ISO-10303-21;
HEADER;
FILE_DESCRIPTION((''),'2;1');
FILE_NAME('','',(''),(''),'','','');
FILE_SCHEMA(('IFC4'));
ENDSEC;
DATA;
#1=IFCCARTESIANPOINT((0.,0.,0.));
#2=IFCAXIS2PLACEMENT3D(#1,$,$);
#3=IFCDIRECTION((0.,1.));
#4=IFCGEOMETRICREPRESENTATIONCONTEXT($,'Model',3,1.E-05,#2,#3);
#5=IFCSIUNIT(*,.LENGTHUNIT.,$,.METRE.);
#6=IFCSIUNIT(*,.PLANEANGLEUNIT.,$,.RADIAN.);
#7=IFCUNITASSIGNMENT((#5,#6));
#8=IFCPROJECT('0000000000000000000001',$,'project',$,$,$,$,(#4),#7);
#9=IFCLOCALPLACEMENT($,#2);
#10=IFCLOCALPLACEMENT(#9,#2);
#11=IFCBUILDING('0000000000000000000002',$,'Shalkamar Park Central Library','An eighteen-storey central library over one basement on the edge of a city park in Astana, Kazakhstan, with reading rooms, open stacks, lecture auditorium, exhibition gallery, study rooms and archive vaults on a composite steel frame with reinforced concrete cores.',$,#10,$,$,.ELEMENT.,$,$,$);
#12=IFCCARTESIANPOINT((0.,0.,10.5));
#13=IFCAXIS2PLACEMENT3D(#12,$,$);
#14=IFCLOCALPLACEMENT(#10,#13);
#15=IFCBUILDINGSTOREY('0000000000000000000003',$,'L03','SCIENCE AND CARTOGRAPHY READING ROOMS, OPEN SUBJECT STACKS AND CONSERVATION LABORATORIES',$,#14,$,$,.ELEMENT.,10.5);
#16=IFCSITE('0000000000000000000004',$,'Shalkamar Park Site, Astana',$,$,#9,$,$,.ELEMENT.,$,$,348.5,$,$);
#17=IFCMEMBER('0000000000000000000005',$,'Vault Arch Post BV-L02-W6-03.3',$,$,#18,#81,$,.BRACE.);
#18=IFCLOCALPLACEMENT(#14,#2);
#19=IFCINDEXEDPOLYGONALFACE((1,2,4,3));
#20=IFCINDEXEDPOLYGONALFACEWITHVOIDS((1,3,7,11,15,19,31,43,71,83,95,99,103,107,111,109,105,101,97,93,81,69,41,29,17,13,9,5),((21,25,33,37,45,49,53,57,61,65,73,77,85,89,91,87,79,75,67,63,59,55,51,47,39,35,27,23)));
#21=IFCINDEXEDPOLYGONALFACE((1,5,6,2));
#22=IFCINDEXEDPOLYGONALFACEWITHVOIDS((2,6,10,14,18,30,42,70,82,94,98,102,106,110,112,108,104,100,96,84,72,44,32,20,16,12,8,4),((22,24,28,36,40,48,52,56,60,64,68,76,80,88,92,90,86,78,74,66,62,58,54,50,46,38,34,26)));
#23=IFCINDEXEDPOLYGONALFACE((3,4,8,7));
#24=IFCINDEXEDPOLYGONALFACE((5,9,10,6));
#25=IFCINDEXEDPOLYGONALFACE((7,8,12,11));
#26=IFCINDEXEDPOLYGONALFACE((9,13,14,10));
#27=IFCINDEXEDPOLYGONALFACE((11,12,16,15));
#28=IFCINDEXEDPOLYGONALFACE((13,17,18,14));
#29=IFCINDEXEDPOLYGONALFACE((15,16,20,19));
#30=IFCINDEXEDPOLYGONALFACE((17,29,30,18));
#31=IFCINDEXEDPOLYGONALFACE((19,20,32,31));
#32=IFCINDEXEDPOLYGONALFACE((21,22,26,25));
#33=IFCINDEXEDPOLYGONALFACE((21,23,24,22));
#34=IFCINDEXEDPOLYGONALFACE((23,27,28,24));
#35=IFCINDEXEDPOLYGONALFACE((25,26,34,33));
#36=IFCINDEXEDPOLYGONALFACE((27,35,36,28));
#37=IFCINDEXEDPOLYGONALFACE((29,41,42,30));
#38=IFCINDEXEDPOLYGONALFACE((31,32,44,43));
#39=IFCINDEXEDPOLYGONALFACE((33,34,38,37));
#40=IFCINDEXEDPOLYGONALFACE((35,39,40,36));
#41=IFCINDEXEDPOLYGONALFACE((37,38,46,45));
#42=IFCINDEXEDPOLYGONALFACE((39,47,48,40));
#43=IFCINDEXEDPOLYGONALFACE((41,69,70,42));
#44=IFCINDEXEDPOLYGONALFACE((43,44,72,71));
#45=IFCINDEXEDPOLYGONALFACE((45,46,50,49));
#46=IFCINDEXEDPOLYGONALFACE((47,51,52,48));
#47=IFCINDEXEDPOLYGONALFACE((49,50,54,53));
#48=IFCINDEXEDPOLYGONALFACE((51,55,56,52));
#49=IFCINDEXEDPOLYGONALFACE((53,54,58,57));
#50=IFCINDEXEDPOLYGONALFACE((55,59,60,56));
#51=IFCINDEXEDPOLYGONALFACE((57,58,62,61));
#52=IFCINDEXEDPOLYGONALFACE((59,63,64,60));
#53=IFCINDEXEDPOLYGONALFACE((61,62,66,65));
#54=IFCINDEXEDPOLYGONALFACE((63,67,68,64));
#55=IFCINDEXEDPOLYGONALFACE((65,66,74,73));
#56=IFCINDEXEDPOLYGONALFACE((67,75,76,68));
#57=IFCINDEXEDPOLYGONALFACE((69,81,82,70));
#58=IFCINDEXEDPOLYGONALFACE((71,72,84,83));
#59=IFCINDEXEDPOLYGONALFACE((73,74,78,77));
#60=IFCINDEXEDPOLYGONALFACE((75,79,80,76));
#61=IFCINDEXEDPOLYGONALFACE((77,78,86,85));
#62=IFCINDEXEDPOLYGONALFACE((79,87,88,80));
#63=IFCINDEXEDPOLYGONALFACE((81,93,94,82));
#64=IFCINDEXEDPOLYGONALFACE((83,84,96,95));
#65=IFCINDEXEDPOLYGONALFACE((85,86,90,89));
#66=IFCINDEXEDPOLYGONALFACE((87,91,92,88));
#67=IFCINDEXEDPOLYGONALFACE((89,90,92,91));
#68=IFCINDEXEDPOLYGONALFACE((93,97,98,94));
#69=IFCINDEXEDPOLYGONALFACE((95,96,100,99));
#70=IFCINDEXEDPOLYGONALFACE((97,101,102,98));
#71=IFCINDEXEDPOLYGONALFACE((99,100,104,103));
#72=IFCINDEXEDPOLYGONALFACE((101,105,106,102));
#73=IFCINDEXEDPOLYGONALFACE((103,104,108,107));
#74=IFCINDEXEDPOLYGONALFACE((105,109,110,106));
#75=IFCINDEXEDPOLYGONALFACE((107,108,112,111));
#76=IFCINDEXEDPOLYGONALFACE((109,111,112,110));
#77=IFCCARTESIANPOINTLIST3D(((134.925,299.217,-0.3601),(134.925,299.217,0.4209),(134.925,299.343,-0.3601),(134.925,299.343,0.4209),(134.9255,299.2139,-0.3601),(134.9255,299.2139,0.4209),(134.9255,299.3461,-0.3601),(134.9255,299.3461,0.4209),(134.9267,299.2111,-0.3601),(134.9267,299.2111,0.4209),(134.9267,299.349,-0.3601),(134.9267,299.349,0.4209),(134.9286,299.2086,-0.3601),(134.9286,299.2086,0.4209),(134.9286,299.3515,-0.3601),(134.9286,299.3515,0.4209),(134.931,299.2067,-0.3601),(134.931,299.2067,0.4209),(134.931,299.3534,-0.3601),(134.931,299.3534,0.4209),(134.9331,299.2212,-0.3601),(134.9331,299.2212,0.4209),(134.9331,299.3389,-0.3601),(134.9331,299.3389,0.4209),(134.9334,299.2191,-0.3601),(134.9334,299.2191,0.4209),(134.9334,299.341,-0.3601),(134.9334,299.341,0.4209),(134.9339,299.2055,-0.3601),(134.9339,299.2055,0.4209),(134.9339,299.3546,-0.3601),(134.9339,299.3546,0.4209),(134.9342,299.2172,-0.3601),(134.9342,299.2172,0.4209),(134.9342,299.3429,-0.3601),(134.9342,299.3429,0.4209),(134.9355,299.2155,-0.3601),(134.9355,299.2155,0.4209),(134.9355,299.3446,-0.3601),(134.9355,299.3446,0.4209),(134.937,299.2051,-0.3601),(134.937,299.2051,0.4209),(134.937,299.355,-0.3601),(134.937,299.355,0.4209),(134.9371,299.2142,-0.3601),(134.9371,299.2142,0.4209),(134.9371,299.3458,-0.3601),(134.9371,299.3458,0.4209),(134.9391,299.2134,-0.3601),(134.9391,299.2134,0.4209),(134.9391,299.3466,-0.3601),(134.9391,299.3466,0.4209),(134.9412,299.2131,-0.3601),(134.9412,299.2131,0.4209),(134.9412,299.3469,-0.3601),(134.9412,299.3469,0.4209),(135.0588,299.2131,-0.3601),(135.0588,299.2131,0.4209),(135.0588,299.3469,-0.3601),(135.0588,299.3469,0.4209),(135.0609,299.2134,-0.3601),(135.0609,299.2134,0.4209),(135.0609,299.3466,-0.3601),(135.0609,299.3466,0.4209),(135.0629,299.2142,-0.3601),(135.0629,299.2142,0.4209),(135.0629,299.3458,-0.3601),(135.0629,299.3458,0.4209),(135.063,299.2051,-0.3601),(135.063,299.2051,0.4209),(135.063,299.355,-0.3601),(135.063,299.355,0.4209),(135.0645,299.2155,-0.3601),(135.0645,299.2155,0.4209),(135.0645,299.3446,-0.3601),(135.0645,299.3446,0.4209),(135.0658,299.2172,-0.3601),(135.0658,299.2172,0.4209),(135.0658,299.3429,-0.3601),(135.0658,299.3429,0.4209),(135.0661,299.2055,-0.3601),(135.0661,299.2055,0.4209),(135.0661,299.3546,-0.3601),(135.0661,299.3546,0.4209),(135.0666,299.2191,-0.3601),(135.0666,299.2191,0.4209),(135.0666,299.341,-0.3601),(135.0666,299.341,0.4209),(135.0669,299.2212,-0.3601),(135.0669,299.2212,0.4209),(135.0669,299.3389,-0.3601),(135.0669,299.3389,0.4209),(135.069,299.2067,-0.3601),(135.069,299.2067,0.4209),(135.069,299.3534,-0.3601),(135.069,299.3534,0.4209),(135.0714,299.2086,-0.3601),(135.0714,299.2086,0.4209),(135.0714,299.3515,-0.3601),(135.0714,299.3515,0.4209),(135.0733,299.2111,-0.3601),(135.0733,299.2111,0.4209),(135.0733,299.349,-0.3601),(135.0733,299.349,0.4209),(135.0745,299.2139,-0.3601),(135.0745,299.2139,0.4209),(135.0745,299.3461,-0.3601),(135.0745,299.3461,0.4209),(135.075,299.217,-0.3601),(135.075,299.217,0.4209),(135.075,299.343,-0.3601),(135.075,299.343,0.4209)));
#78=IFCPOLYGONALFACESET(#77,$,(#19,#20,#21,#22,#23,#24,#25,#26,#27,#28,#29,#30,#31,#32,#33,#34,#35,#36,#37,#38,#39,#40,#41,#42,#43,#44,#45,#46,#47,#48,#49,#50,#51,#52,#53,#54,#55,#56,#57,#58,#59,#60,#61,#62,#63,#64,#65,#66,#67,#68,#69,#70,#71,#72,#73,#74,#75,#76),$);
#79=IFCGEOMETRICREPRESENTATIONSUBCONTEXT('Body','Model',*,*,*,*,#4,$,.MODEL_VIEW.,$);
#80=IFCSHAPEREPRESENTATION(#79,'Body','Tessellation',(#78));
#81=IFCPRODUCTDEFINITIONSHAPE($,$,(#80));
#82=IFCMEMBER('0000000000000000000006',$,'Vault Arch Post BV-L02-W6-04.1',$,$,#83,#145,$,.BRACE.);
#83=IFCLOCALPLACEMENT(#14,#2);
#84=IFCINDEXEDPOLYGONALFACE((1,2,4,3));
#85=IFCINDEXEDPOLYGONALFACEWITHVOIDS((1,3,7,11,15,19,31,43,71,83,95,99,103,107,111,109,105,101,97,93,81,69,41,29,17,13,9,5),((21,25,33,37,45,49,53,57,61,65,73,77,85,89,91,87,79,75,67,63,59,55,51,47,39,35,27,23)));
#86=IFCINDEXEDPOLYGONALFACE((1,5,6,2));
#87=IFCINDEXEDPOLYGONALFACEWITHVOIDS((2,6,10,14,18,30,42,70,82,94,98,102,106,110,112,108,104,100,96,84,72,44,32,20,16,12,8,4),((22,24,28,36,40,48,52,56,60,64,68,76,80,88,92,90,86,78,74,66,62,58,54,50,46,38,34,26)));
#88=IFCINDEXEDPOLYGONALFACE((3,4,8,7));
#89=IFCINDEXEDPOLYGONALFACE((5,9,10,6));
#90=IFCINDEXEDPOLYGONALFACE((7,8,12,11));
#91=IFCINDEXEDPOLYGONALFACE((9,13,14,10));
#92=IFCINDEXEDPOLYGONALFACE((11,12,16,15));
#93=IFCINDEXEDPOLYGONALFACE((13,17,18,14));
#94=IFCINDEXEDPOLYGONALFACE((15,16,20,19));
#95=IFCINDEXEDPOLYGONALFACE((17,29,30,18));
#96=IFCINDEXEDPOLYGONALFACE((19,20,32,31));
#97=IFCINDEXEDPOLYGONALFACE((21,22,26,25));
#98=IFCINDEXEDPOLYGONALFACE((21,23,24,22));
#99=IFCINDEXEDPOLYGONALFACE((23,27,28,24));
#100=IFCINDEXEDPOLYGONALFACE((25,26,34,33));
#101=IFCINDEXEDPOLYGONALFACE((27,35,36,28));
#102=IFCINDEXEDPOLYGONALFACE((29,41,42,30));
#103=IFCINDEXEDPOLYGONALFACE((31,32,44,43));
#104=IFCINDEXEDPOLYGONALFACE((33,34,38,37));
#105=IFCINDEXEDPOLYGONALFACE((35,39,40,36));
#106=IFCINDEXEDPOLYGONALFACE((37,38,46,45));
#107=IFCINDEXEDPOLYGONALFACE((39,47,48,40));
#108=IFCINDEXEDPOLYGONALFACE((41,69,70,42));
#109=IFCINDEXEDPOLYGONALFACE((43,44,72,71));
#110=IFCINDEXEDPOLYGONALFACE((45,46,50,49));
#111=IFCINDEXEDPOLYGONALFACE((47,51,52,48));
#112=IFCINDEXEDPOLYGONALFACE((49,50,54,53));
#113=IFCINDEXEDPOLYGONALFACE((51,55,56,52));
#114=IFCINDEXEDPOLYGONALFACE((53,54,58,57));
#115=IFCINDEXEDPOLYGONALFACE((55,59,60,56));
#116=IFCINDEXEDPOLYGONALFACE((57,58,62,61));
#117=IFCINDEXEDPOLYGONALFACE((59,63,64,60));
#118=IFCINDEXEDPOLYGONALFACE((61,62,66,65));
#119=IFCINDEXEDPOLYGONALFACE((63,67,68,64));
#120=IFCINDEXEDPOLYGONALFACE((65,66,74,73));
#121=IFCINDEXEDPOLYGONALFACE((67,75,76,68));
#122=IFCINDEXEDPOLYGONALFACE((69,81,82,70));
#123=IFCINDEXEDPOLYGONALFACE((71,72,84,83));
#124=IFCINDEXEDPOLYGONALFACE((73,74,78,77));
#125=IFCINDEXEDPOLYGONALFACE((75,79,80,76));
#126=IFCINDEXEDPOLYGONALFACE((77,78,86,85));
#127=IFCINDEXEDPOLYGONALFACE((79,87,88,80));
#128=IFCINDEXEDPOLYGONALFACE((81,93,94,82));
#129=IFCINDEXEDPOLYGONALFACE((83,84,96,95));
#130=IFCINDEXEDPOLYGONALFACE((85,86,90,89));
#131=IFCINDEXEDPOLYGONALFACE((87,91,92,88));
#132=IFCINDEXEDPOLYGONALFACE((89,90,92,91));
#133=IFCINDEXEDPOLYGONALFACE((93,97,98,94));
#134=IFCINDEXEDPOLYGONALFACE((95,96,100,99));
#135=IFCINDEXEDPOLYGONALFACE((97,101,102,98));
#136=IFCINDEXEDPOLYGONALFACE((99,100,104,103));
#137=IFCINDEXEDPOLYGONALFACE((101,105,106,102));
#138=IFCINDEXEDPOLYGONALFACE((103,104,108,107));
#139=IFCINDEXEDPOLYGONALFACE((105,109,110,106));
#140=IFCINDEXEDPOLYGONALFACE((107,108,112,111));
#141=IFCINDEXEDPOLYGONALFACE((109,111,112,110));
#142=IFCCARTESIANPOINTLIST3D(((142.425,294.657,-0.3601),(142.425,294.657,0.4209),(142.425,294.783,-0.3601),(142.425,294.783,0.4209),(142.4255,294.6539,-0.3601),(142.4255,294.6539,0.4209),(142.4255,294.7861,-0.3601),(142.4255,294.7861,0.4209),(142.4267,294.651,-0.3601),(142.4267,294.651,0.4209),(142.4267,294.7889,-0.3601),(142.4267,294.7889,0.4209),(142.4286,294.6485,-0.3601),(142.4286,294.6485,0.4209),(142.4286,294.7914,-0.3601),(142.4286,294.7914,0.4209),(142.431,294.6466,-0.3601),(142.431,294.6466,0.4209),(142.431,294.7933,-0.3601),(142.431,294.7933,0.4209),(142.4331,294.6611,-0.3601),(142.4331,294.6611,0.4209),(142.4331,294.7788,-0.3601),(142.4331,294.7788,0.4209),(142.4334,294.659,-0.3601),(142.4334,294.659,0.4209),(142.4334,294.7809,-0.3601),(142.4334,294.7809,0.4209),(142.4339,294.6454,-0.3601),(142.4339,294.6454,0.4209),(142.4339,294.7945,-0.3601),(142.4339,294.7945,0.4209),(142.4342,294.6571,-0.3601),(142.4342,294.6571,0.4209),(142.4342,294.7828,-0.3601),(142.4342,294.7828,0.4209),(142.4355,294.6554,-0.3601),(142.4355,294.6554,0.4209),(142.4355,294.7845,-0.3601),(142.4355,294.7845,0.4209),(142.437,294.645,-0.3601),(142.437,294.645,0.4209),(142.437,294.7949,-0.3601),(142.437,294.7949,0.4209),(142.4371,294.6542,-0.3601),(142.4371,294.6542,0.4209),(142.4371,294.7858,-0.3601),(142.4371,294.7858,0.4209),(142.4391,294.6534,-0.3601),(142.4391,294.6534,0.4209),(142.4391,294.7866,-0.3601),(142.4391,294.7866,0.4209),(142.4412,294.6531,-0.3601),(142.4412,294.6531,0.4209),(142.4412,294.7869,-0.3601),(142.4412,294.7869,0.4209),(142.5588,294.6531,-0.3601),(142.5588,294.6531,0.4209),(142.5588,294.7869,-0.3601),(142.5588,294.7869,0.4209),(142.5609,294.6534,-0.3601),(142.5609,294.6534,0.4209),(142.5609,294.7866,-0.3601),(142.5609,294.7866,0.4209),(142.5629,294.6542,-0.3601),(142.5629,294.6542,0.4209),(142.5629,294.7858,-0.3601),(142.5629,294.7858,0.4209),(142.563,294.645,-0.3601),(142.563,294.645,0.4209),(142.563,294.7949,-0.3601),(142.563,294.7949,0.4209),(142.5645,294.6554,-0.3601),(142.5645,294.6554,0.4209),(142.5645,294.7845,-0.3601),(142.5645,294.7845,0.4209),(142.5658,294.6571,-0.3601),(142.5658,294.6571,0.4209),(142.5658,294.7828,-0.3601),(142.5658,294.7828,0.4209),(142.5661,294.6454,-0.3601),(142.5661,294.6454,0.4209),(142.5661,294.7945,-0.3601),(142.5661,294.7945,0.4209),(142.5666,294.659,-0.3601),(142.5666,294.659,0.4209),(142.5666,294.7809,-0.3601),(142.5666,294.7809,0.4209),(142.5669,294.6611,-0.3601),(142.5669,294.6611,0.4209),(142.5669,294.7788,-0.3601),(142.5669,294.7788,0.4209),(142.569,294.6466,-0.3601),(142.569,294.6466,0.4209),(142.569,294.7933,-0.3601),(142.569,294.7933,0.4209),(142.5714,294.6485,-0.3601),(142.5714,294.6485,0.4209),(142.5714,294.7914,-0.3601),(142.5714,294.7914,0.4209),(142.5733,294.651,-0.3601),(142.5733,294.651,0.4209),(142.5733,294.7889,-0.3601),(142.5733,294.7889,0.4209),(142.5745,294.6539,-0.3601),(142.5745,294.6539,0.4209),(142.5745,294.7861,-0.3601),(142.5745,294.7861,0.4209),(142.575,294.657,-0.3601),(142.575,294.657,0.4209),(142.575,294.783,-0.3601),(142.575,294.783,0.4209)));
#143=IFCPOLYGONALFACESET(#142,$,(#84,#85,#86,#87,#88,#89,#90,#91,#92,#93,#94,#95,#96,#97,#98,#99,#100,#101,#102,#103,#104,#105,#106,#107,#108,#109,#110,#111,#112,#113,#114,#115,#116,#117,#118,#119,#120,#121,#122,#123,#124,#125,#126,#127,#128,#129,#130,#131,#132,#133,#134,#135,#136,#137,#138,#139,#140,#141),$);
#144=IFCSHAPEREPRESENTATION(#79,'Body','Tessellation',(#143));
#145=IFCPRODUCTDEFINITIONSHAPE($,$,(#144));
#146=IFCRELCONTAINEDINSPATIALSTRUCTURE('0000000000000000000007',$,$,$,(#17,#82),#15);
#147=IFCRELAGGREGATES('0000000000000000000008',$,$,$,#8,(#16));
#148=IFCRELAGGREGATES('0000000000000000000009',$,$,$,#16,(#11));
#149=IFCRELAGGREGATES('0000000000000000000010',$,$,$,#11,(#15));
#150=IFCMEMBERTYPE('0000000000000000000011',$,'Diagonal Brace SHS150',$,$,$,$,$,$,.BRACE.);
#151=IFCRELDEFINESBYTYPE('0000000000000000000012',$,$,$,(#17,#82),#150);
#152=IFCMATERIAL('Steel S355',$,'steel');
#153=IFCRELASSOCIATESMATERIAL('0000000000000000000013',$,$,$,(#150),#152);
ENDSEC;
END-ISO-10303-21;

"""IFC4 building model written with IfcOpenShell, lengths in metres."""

from ifc_helpers import new_model, si_unit, direction, frame, origin, origin_2d, place, context, subcontext, project, spatial, hollow_rectangle, extrude, material, material_profile, profile_set, type_object, element, save


model = new_model("IFC4")

# Units and contexts
model_context = context("Model", 3, precision=1e-05, world=origin(), true_north=direction((0.0, 1.0)))
body_context = subcontext(model_context, "Body", "Model", "MODEL_VIEW")
ifc_project = project(units=[si_unit("LENGTHUNIT", "METRE"), si_unit("PLANEANGLEUNIT", "RADIAN")], contexts=[model_context])

# Site, building, storey
site_placement = place(None, origin())
site = spatial("IfcSite", under=ifc_project, at=site_placement, Name="Shalkamar Park Site, Astana", CompositionType="ELEMENT", RefElevation=348.5)
building_placement = place(site_placement, origin())
building = spatial("IfcBuilding", under=site, at=building_placement, Name="Shalkamar Park Central Library", Description="An eighteen-storey central library over one basement on the edge of a city park in Astana, Kazakhstan, with reading rooms, open stacks, lecture auditorium, exhibition gallery, study rooms and archive vaults on a composite steel frame with reinforced concrete cores.", CompositionType="ELEMENT")
storey_placement = place(building_placement, frame((0.0, 0.0, 10.5)))
storey = spatial("IfcBuildingStorey", under=building, at=storey_placement, Name="L03", Description="SCIENCE AND CARTOGRAPHY READING ROOMS, OPEN SUBJECT STACKS AND CONSERVATION LABORATORIES", CompositionType="ELEMENT", Elevation=10.5)

# Members
ifc_material_1 = material(Name="Steel S355", Category="steel")
ifc_material_profile_1 = material_profile(ifc_material_1, hollow_rectangle(XDim=0.1499, YDim=0.1499, WallThickness=0.0081, InnerFilletRadius=0.0081, OuterFilletRadius=0.012, at=origin_2d()), Name="SHS 150x150x8")
ifc_profile_set_1 = profile_set([ifc_material_profile_1], Name="Steel S355")
member_type_1 = type_object("IfcMemberType", Name="Diagonal Brace SHS150", PredefinedType="BRACE", material=ifc_profile_set_1)
for number, where, z_axis, x_axis, name in (
    (1, (135.0, 299.28, -0.3601), (0.0, 0.0, 1.0), (1.0, 0.0, 0.0), "Vault Arch Post BV-L02-W6-03.3"),
    (2, (142.5, 294.72, -0.3601), (0.0, 0.0, 1.0), (1.0, 0.0, 0.0), "Vault Arch Post BV-L02-W6-04.1"),
):
    element("IfcMember", number, at=place(storey_placement, frame(where, z_axis=z_axis, x_axis=x_axis)), inside=storey, type_object=member_type_1, Name=name, PredefinedType="BRACE", context=body_context, shape_type="SweptSolid", body=[
        extrude(hollow_rectangle(XDim=0.1499, YDim=0.1499, WallThickness=0.0081, InnerFilletRadius=0.0081, OuterFilletRadius=0.012, at=origin_2d()), origin(), (0.0, 0.0, 1.0), 0.781),
    ])

save(model, "model.ifc")
